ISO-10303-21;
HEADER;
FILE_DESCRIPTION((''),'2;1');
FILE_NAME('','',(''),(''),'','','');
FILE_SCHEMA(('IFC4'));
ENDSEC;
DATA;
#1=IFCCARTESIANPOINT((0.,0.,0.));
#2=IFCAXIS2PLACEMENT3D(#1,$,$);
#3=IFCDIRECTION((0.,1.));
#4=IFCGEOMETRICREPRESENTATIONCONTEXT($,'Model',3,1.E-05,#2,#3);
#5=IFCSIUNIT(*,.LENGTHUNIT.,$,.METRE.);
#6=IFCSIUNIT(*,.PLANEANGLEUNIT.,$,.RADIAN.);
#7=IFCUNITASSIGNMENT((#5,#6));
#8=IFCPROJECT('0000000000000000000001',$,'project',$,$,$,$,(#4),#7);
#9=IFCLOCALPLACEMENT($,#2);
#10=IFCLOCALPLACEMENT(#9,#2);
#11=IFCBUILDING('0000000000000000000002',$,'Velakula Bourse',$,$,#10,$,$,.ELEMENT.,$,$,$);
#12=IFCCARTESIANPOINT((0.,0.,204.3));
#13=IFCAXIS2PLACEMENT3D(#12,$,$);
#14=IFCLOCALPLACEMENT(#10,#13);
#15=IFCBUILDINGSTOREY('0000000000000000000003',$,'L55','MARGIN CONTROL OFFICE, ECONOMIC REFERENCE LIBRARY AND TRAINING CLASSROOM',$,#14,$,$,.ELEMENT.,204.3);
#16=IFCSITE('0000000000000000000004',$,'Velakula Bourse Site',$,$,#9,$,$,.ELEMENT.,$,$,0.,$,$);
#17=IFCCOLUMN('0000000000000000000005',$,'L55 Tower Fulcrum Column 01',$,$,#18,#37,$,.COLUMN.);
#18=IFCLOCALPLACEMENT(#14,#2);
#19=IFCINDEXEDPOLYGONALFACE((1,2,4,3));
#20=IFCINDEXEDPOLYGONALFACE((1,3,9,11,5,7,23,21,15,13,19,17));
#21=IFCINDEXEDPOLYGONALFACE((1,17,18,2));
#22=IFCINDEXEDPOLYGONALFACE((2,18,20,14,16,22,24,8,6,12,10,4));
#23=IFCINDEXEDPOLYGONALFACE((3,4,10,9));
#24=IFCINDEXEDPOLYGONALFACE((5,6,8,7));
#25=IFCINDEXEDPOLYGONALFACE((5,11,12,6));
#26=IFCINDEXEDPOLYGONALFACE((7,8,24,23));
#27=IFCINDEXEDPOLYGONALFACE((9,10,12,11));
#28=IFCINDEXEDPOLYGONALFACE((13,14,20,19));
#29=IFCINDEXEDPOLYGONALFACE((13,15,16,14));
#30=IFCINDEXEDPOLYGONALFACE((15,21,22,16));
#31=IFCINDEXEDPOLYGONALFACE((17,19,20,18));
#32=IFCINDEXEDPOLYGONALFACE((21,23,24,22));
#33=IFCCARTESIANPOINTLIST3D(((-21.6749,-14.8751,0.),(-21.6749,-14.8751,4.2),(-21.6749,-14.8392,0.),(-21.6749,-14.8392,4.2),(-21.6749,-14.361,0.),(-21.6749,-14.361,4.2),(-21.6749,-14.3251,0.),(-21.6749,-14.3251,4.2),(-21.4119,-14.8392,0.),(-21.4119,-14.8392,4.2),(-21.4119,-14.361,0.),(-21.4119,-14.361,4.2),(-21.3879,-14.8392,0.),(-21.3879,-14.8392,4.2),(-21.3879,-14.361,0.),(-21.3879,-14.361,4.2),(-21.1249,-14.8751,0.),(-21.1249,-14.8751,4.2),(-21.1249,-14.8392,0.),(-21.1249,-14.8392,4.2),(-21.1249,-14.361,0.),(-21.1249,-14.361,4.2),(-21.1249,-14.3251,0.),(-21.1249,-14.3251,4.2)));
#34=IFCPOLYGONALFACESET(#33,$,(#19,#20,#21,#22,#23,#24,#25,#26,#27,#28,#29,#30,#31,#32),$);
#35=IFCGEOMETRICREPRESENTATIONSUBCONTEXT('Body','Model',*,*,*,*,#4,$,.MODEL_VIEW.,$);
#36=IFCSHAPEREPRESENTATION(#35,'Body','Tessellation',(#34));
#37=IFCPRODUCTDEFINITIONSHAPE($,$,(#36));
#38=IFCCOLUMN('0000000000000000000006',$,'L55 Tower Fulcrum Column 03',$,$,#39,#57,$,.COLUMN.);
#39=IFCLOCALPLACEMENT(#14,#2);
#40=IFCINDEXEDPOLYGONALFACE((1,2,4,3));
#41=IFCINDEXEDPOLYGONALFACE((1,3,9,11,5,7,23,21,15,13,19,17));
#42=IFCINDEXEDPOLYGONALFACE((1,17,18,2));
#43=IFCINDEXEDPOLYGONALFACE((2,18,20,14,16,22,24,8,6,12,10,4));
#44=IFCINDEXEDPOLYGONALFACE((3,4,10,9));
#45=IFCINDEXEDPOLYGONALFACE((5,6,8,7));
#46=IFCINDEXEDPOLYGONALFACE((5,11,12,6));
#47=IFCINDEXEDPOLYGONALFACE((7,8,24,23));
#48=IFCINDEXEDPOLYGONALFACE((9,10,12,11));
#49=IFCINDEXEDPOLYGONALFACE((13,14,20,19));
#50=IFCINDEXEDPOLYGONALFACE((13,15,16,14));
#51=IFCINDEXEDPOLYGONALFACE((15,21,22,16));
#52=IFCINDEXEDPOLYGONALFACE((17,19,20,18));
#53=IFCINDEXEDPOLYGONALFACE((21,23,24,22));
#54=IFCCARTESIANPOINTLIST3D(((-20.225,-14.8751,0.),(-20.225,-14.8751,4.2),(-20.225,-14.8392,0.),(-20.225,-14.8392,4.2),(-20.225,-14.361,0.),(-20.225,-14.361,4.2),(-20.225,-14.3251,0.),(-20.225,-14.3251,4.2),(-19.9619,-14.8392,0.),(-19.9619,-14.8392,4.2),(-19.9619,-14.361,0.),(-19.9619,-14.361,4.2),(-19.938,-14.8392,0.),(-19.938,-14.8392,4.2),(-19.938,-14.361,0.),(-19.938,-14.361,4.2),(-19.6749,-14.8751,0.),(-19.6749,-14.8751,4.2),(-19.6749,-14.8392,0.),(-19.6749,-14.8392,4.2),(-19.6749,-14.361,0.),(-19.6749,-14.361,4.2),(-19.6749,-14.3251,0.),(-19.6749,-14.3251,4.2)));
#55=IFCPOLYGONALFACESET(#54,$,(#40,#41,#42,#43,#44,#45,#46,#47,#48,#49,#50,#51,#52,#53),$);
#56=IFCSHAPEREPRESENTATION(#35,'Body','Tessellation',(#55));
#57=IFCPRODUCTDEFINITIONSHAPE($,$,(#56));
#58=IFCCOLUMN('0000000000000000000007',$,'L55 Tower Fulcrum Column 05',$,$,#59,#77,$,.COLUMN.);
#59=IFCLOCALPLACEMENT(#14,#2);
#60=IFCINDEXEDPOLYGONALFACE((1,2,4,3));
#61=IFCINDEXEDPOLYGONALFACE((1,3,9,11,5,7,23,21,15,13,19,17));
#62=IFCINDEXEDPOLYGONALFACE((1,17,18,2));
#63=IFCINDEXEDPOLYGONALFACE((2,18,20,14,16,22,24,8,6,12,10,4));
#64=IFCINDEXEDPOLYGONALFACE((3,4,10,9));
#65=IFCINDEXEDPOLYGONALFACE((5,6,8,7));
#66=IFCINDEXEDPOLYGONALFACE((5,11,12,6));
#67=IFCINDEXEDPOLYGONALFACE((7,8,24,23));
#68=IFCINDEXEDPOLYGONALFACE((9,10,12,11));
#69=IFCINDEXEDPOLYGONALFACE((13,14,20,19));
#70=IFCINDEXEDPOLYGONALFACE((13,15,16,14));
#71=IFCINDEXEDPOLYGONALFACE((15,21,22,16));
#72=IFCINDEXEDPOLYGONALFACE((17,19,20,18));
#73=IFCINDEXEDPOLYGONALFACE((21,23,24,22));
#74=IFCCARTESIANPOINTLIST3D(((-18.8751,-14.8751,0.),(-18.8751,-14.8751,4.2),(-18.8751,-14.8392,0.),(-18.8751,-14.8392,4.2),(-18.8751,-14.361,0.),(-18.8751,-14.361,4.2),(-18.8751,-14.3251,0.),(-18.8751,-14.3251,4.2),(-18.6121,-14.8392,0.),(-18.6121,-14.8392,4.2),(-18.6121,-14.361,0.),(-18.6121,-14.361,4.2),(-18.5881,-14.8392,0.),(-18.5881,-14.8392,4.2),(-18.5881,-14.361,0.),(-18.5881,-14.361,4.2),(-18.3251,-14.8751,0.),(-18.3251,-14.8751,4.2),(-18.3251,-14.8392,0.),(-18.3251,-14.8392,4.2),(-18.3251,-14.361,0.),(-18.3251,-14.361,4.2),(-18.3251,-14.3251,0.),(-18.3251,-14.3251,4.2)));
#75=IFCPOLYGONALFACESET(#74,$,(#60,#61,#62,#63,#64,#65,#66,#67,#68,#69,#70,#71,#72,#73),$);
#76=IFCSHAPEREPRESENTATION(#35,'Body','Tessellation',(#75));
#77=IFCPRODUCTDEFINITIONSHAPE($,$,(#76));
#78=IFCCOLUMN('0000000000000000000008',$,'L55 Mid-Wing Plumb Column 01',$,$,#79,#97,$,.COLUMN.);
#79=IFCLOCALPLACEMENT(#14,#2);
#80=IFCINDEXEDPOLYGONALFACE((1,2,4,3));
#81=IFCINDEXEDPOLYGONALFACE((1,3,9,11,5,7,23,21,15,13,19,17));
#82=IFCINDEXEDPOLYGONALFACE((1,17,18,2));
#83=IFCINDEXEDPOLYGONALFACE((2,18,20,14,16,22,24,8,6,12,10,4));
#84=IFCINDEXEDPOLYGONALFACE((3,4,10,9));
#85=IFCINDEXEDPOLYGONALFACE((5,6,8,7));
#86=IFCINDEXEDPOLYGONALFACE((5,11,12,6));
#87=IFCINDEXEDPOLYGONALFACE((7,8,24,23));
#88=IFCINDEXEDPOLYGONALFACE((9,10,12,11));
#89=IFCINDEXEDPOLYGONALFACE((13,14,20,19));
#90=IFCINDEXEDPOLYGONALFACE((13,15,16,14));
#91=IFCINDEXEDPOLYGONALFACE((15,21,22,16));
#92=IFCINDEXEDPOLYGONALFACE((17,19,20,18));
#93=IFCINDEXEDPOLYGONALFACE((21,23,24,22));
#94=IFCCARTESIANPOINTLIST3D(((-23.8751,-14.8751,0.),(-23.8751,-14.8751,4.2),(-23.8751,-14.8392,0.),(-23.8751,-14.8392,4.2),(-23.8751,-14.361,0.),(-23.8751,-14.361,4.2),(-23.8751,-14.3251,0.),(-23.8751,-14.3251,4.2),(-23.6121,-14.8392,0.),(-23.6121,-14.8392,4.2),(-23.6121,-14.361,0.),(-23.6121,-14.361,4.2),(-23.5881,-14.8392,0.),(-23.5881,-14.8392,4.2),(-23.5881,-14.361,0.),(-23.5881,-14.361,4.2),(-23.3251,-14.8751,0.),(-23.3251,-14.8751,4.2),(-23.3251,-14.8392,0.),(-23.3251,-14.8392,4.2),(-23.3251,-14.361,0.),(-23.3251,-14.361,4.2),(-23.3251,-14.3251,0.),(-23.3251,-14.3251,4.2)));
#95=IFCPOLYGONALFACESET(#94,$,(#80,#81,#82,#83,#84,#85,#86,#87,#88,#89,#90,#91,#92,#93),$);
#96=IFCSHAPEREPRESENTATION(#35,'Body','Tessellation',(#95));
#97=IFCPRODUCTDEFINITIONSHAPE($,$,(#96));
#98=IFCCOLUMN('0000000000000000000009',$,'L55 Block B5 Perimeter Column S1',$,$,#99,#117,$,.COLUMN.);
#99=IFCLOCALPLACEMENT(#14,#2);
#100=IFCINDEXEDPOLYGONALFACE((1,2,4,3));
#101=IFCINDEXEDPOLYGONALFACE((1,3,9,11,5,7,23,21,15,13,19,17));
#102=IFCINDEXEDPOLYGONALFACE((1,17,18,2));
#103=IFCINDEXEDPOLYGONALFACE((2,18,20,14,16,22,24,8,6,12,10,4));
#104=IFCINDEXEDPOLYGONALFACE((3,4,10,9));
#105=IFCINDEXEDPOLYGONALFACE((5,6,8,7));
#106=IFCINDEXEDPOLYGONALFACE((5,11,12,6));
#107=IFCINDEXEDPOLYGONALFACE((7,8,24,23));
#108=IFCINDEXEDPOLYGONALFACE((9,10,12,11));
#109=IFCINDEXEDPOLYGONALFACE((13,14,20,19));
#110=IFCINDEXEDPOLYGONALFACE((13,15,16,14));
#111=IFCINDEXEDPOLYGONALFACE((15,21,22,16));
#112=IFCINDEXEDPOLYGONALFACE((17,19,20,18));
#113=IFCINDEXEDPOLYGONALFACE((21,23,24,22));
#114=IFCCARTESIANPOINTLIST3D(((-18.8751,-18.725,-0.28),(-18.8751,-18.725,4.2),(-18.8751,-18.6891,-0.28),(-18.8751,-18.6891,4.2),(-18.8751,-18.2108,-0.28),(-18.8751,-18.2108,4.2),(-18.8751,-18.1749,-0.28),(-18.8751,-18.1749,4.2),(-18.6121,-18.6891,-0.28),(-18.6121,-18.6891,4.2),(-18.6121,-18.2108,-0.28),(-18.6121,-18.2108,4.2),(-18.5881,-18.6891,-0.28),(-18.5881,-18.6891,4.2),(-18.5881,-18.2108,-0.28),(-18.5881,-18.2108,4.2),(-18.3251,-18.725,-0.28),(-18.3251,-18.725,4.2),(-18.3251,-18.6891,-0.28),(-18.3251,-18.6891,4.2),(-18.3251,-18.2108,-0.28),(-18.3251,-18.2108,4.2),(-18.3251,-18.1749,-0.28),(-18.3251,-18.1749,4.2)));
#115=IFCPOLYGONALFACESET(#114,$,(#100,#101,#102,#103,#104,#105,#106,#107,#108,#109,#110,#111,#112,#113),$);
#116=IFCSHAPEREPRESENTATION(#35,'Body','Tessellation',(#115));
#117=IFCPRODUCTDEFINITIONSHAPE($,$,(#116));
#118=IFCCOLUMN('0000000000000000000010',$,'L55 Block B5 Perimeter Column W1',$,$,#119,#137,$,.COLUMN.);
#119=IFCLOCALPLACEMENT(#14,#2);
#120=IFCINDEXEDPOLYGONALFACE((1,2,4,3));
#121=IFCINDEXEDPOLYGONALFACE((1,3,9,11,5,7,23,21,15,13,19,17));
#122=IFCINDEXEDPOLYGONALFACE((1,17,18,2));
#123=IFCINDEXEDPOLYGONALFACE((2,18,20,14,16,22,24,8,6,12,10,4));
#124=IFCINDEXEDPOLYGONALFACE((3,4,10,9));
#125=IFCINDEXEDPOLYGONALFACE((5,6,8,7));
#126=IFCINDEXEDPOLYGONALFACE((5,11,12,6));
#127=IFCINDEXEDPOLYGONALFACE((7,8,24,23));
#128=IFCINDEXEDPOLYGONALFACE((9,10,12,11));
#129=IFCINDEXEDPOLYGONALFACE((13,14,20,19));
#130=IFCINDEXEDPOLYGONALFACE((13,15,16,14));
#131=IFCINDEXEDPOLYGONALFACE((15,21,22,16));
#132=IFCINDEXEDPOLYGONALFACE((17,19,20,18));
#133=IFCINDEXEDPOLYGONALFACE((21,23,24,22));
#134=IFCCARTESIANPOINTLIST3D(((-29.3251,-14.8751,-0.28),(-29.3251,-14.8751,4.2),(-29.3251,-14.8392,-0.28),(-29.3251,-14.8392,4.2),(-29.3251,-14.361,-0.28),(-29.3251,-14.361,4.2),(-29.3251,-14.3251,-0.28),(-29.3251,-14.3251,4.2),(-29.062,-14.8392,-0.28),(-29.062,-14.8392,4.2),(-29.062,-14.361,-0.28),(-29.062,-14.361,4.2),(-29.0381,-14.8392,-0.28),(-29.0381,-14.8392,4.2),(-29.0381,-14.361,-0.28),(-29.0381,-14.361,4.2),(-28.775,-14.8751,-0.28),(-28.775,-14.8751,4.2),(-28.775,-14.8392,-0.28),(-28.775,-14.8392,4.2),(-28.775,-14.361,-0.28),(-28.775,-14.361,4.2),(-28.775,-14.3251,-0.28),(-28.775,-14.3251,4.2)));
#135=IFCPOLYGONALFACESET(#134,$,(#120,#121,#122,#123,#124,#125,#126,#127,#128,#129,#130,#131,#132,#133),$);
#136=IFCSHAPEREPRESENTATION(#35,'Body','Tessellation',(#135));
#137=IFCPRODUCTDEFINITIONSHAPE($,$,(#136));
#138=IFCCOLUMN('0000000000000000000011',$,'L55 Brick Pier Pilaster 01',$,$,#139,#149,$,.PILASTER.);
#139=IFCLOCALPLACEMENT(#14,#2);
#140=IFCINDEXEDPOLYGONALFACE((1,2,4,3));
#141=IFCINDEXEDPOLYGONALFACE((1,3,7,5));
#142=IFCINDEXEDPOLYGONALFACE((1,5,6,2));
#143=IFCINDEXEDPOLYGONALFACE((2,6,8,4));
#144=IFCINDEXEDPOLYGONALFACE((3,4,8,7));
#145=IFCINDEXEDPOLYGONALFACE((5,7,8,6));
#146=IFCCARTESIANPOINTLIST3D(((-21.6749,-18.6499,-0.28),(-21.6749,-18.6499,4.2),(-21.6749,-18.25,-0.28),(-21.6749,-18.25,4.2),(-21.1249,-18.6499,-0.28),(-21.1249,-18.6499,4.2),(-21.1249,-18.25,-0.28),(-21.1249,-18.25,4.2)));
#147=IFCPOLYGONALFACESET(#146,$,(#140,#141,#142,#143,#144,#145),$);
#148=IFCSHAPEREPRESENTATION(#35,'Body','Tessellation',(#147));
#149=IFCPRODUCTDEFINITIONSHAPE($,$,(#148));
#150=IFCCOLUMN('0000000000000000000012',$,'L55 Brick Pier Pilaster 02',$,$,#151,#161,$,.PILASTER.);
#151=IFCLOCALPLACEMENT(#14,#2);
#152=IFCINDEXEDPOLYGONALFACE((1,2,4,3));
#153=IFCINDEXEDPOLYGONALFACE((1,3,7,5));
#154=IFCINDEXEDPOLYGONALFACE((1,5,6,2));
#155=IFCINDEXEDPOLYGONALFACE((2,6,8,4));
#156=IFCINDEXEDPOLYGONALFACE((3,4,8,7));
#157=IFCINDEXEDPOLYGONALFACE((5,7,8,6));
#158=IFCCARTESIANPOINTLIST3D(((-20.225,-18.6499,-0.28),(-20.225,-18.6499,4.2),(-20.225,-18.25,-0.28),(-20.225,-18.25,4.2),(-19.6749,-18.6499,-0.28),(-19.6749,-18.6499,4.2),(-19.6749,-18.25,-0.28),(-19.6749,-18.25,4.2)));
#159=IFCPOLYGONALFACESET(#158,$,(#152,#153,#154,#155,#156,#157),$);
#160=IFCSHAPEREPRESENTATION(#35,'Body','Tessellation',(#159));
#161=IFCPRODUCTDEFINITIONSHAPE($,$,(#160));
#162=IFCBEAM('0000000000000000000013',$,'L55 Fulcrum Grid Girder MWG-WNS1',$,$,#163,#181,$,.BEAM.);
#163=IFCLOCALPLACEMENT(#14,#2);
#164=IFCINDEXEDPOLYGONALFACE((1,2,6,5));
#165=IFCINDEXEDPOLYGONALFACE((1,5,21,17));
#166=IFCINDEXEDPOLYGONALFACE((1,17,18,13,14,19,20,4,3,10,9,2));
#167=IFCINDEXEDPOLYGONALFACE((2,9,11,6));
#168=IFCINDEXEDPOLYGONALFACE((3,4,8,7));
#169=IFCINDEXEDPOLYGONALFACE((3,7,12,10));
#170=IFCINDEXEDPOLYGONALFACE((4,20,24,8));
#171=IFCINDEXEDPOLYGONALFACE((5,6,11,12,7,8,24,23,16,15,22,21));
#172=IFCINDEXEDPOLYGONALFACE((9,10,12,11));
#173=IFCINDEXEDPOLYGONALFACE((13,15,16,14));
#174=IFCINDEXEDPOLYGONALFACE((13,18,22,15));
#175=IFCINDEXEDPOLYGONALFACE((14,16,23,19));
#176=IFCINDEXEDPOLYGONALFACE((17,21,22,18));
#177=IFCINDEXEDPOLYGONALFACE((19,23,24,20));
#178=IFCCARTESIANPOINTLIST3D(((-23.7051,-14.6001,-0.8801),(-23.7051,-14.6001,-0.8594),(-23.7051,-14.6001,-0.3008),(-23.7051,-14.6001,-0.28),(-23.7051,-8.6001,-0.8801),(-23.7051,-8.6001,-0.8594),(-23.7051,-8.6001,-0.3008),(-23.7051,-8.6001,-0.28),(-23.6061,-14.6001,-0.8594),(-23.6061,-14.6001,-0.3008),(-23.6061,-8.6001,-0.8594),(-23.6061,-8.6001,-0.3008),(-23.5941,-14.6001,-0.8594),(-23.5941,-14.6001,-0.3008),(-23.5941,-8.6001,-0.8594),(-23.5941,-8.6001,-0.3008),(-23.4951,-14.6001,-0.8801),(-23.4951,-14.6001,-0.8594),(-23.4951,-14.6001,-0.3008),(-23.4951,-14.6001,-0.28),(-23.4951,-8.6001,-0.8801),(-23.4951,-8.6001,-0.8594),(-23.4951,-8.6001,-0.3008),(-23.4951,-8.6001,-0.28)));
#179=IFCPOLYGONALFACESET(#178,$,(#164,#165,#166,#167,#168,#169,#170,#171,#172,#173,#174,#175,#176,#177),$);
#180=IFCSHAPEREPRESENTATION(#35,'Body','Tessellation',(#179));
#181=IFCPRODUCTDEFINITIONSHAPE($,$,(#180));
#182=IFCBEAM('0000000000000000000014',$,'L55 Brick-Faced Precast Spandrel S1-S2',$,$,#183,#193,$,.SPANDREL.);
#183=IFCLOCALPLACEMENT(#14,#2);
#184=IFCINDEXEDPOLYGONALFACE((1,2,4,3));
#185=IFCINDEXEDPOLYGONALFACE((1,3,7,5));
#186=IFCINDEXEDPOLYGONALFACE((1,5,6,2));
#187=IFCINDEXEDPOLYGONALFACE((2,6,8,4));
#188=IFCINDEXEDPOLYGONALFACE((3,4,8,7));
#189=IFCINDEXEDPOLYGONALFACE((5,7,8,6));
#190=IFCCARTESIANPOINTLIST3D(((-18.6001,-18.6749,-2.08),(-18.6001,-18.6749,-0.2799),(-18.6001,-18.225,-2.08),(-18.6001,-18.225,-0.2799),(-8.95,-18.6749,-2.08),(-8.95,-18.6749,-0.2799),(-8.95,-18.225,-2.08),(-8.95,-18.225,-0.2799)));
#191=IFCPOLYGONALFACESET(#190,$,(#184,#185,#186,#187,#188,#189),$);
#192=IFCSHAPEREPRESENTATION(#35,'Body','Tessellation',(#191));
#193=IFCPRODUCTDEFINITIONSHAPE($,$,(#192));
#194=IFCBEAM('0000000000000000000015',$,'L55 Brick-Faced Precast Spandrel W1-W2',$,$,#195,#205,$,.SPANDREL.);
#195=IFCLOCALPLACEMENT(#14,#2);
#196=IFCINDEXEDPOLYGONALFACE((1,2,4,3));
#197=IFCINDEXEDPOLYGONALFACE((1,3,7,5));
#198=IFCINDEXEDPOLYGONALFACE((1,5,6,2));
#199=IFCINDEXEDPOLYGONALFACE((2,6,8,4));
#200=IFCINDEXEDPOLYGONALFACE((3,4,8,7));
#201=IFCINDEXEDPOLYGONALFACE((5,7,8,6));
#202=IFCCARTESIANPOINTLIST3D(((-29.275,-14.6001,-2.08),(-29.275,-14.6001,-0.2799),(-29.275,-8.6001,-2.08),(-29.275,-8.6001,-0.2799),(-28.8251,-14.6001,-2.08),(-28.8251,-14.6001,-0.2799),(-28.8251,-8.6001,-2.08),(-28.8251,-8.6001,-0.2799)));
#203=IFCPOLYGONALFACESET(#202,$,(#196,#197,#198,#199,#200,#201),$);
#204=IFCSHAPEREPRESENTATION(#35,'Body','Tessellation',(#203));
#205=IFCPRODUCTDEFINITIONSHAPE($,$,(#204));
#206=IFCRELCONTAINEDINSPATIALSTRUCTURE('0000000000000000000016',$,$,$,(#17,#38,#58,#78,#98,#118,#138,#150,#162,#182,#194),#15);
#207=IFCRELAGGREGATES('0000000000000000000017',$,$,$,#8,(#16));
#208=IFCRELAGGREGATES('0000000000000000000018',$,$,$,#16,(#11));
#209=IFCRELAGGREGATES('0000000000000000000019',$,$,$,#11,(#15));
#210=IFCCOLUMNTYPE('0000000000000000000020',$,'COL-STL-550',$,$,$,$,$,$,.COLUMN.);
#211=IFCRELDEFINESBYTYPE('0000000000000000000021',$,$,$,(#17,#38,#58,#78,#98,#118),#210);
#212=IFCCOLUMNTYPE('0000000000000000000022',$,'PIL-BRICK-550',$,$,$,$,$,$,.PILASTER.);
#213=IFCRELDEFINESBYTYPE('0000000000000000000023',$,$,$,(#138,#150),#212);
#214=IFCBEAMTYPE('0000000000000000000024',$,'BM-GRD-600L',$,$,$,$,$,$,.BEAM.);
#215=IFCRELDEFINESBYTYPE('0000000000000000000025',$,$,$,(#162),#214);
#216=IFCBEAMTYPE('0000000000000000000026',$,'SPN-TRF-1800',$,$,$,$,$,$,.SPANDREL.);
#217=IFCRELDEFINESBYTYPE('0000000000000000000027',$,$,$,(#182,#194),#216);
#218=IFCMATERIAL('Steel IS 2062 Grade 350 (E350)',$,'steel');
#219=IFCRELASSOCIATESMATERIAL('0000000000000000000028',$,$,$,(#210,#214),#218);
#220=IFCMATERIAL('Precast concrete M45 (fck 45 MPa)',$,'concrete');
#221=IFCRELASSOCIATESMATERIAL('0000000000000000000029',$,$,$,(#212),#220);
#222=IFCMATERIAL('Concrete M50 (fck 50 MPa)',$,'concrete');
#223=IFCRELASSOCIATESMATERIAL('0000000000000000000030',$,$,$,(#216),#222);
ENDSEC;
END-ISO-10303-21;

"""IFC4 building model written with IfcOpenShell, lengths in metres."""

from ifc_helpers import new_model, si_unit, direction, frame, origin, origin_2d, place, context, subcontext, project, spatial, rectangle, i_section, extrude, material, material_profile, profile_set, type_object, element, save


model = new_model("IFC4")

# Units and contexts
model_context = context("Model", 3, precision=1e-05, world=origin(), true_north=direction((0.0, 1.0)))
body_context = subcontext(model_context, "Body", "Model", "MODEL_VIEW")
ifc_project = project(units=[si_unit("LENGTHUNIT", "METRE"), si_unit("PLANEANGLEUNIT", "RADIAN")], contexts=[model_context])

# Site, building, storey
site_placement = place(None, origin())
site = spatial("IfcSite", under=ifc_project, at=site_placement, Name="Velakula Bourse Site", CompositionType="ELEMENT", RefElevation=0.0)
building_placement = place(site_placement, origin())
building = spatial("IfcBuilding", under=site, at=building_placement, Name="Velakula Bourse", CompositionType="ELEMENT")
storey_placement = place(building_placement, frame((0.0, 0.0, 204.3)))
storey = spatial("IfcBuildingStorey", under=building, at=storey_placement, Name="L55", Description="MARGIN CONTROL OFFICE, ECONOMIC REFERENCE LIBRARY AND TRAINING CLASSROOM", CompositionType="ELEMENT", Elevation=204.3)

# Columns
ifc_material_1 = material(Name="Steel IS 2062 Grade 350 (E350)", Category="steel")
ifc_material_profile_1 = material_profile(ifc_material_1, i_section(OverallWidth=0.55, OverallDepth=0.55, WebThickness=0.0239, FlangeThickness=0.0359, at=origin_2d()), Name="Steel IS 2062 Grade 350 (E350)")
ifc_profile_set_1 = profile_set([ifc_material_profile_1], Name="Steel IS 2062 Grade 350 (E350)")
column_type_1 = type_object("IfcColumnType", Name="COL-STL-550", PredefinedType="COLUMN", material=ifc_profile_set_1)
for number, where, z_axis, x_axis, name in (
    (1, (-21.3999, -14.6001, 0.0), (0.0, 0.0, 1.0), (1.0, 0.0, 0.0), "L55 Tower Fulcrum Column 01"),
    (2, (-19.95, -14.6001, 0.0), (0.0, 0.0, 1.0), (1.0, 0.0, 0.0), "L55 Tower Fulcrum Column 03"),
    (3, (-18.6001, -14.6001, 0.0), (0.0, 0.0, 1.0), (1.0, 0.0, 0.0), "L55 Tower Fulcrum Column 05"),
    (4, (-23.6001, -14.6001, 0.0), (0.0, 0.0, 1.0), (1.0, 0.0, 0.0), "L55 Mid-Wing Plumb Column 01"),
):
    element("IfcColumn", number, at=place(storey_placement, frame(where, z_axis=z_axis, x_axis=x_axis)), inside=storey, type_object=column_type_1, Name=name, PredefinedType="COLUMN", context=body_context, shape_type="SweptSolid", body=[
        extrude(i_section(OverallWidth=0.55, OverallDepth=0.55, WebThickness=0.0239, FlangeThickness=0.0359, at=origin_2d()), origin(), (0.0, 0.0, 1.0), 4.2),
    ])
for number, where, z_axis, x_axis, name in (
    (5, (-18.6001, -18.45, -0.28), (0.0, 0.0, 1.0), (1.0, 0.0, 0.0), "L55 Block B5 Perimeter Column S1"),
    (6, (-29.05, -14.6001, -0.28), (0.0, 0.0, 1.0), (1.0, 0.0, 0.0), "L55 Block B5 Perimeter Column W1"),
):
    element("IfcColumn", number, at=place(storey_placement, frame(where, z_axis=z_axis, x_axis=x_axis)), inside=storey, type_object=column_type_1, Name=name, PredefinedType="COLUMN", context=body_context, shape_type="SweptSolid", body=[
        extrude(i_section(OverallWidth=0.55, OverallDepth=0.55, WebThickness=0.0239, FlangeThickness=0.0359, at=origin_2d()), origin(), (0.0, 0.0, 1.0), 4.48),
    ])
ifc_material_2 = material(Name="Precast concrete M45 (fck 45 MPa)", Category="concrete")
ifc_material_profile_2 = material_profile(ifc_material_2, rectangle(XDim=0.55, YDim=0.3999, at=origin_2d()), Name="Precast concrete M45 (fck 45 MPa)")
ifc_profile_set_2 = profile_set([ifc_material_profile_2], Name="Precast concrete M45 (fck 45 MPa)")
column_type_2 = type_object("IfcColumnType", Name="PIL-BRICK-550", PredefinedType="PILASTER", material=ifc_profile_set_2)
for number, where, z_axis, x_axis, name in (
    (7, (-21.3999, -18.45, -0.28), (0.0, 0.0, 1.0), (1.0, 0.0, 0.0), "L55 Brick Pier Pilaster 01"),
    (8, (-19.95, -18.45, -0.28), (0.0, 0.0, 1.0), (1.0, 0.0, 0.0), "L55 Brick Pier Pilaster 02"),
):
    element("IfcColumn", number, at=place(storey_placement, frame(where, z_axis=z_axis, x_axis=x_axis)), inside=storey, type_object=column_type_2, Name=name, PredefinedType="PILASTER", context=body_context, shape_type="SweptSolid", body=[
        extrude(rectangle(XDim=0.55, YDim=0.3999, at=origin_2d()), origin(), (0.0, 0.0, 1.0), 4.48),
    ])

# Beams
ifc_material_profile_3 = material_profile(ifc_material_1, i_section(OverallWidth=0.21, OverallDepth=0.6001, WebThickness=0.012, FlangeThickness=0.0208, at=origin_2d()), Name="Steel IS 2062 Grade 350 (E350)")
ifc_profile_set_3 = profile_set([ifc_material_profile_3], Name="Steel IS 2062 Grade 350 (E350)")
beam_type_1 = type_object("IfcBeamType", Name="BM-GRD-600L", PredefinedType="BEAM", material=ifc_profile_set_3)
beam_1_placement = place(storey_placement, frame((-23.6001, -14.6001, -0.5801), z_axis=(0.0, 1.0, 0.0), x_axis=(-1.0, 0.0, 0.0)))
element("IfcBeam", 9, at=beam_1_placement, inside=storey, type_object=beam_type_1, Name="L55 Fulcrum Grid Girder MWG-WNS1", PredefinedType="BEAM", context=body_context, shape_type="SweptSolid", body=[
    extrude(i_section(OverallWidth=0.21, OverallDepth=0.6001, WebThickness=0.012, FlangeThickness=0.0208, at=origin_2d()), origin(), (0.0, 0.0, 1.0), 6.0),
])
ifc_material_3 = material(Name="Concrete M50 (fck 50 MPa)", Category="concrete")
ifc_material_profile_4 = material_profile(ifc_material_3, rectangle(XDim=0.45, YDim=1.8, at=origin_2d()), Name="Concrete M50 (fck 50 MPa)")
ifc_profile_set_4 = profile_set([ifc_material_profile_4], Name="Concrete M50 (fck 50 MPa)")
beam_type_2 = type_object("IfcBeamType", Name="SPN-TRF-1800", PredefinedType="SPANDREL", material=ifc_profile_set_4)
beam_2_placement = place(storey_placement, frame((-18.6001, -18.45, -1.1799), z_axis=(1.0, 0.0, 0.0), x_axis=(0.0, 1.0, 0.0)))
element("IfcBeam", 10, at=beam_2_placement, inside=storey, type_object=beam_type_2, Name="L55 Brick-Faced Precast Spandrel S1-S2", PredefinedType="SPANDREL", context=body_context, shape_type="SweptSolid", body=[
    extrude(rectangle(XDim=0.45, YDim=1.8, at=origin_2d()), origin(), (0.0, 0.0, 1.0), 9.6501),
])
beam_3_placement = place(storey_placement, frame((-29.05, -14.6001, -1.1799), z_axis=(0.0, 1.0, 0.0), x_axis=(-1.0, 0.0, 0.0)))
element("IfcBeam", 11, at=beam_3_placement, inside=storey, type_object=beam_type_2, Name="L55 Brick-Faced Precast Spandrel W1-W2", PredefinedType="SPANDREL", context=body_context, shape_type="SweptSolid", body=[
    extrude(rectangle(XDim=0.45, YDim=1.8, at=origin_2d()), origin(), (0.0, 0.0, 1.0), 6.0),
])

save(model, "model.ifc")
